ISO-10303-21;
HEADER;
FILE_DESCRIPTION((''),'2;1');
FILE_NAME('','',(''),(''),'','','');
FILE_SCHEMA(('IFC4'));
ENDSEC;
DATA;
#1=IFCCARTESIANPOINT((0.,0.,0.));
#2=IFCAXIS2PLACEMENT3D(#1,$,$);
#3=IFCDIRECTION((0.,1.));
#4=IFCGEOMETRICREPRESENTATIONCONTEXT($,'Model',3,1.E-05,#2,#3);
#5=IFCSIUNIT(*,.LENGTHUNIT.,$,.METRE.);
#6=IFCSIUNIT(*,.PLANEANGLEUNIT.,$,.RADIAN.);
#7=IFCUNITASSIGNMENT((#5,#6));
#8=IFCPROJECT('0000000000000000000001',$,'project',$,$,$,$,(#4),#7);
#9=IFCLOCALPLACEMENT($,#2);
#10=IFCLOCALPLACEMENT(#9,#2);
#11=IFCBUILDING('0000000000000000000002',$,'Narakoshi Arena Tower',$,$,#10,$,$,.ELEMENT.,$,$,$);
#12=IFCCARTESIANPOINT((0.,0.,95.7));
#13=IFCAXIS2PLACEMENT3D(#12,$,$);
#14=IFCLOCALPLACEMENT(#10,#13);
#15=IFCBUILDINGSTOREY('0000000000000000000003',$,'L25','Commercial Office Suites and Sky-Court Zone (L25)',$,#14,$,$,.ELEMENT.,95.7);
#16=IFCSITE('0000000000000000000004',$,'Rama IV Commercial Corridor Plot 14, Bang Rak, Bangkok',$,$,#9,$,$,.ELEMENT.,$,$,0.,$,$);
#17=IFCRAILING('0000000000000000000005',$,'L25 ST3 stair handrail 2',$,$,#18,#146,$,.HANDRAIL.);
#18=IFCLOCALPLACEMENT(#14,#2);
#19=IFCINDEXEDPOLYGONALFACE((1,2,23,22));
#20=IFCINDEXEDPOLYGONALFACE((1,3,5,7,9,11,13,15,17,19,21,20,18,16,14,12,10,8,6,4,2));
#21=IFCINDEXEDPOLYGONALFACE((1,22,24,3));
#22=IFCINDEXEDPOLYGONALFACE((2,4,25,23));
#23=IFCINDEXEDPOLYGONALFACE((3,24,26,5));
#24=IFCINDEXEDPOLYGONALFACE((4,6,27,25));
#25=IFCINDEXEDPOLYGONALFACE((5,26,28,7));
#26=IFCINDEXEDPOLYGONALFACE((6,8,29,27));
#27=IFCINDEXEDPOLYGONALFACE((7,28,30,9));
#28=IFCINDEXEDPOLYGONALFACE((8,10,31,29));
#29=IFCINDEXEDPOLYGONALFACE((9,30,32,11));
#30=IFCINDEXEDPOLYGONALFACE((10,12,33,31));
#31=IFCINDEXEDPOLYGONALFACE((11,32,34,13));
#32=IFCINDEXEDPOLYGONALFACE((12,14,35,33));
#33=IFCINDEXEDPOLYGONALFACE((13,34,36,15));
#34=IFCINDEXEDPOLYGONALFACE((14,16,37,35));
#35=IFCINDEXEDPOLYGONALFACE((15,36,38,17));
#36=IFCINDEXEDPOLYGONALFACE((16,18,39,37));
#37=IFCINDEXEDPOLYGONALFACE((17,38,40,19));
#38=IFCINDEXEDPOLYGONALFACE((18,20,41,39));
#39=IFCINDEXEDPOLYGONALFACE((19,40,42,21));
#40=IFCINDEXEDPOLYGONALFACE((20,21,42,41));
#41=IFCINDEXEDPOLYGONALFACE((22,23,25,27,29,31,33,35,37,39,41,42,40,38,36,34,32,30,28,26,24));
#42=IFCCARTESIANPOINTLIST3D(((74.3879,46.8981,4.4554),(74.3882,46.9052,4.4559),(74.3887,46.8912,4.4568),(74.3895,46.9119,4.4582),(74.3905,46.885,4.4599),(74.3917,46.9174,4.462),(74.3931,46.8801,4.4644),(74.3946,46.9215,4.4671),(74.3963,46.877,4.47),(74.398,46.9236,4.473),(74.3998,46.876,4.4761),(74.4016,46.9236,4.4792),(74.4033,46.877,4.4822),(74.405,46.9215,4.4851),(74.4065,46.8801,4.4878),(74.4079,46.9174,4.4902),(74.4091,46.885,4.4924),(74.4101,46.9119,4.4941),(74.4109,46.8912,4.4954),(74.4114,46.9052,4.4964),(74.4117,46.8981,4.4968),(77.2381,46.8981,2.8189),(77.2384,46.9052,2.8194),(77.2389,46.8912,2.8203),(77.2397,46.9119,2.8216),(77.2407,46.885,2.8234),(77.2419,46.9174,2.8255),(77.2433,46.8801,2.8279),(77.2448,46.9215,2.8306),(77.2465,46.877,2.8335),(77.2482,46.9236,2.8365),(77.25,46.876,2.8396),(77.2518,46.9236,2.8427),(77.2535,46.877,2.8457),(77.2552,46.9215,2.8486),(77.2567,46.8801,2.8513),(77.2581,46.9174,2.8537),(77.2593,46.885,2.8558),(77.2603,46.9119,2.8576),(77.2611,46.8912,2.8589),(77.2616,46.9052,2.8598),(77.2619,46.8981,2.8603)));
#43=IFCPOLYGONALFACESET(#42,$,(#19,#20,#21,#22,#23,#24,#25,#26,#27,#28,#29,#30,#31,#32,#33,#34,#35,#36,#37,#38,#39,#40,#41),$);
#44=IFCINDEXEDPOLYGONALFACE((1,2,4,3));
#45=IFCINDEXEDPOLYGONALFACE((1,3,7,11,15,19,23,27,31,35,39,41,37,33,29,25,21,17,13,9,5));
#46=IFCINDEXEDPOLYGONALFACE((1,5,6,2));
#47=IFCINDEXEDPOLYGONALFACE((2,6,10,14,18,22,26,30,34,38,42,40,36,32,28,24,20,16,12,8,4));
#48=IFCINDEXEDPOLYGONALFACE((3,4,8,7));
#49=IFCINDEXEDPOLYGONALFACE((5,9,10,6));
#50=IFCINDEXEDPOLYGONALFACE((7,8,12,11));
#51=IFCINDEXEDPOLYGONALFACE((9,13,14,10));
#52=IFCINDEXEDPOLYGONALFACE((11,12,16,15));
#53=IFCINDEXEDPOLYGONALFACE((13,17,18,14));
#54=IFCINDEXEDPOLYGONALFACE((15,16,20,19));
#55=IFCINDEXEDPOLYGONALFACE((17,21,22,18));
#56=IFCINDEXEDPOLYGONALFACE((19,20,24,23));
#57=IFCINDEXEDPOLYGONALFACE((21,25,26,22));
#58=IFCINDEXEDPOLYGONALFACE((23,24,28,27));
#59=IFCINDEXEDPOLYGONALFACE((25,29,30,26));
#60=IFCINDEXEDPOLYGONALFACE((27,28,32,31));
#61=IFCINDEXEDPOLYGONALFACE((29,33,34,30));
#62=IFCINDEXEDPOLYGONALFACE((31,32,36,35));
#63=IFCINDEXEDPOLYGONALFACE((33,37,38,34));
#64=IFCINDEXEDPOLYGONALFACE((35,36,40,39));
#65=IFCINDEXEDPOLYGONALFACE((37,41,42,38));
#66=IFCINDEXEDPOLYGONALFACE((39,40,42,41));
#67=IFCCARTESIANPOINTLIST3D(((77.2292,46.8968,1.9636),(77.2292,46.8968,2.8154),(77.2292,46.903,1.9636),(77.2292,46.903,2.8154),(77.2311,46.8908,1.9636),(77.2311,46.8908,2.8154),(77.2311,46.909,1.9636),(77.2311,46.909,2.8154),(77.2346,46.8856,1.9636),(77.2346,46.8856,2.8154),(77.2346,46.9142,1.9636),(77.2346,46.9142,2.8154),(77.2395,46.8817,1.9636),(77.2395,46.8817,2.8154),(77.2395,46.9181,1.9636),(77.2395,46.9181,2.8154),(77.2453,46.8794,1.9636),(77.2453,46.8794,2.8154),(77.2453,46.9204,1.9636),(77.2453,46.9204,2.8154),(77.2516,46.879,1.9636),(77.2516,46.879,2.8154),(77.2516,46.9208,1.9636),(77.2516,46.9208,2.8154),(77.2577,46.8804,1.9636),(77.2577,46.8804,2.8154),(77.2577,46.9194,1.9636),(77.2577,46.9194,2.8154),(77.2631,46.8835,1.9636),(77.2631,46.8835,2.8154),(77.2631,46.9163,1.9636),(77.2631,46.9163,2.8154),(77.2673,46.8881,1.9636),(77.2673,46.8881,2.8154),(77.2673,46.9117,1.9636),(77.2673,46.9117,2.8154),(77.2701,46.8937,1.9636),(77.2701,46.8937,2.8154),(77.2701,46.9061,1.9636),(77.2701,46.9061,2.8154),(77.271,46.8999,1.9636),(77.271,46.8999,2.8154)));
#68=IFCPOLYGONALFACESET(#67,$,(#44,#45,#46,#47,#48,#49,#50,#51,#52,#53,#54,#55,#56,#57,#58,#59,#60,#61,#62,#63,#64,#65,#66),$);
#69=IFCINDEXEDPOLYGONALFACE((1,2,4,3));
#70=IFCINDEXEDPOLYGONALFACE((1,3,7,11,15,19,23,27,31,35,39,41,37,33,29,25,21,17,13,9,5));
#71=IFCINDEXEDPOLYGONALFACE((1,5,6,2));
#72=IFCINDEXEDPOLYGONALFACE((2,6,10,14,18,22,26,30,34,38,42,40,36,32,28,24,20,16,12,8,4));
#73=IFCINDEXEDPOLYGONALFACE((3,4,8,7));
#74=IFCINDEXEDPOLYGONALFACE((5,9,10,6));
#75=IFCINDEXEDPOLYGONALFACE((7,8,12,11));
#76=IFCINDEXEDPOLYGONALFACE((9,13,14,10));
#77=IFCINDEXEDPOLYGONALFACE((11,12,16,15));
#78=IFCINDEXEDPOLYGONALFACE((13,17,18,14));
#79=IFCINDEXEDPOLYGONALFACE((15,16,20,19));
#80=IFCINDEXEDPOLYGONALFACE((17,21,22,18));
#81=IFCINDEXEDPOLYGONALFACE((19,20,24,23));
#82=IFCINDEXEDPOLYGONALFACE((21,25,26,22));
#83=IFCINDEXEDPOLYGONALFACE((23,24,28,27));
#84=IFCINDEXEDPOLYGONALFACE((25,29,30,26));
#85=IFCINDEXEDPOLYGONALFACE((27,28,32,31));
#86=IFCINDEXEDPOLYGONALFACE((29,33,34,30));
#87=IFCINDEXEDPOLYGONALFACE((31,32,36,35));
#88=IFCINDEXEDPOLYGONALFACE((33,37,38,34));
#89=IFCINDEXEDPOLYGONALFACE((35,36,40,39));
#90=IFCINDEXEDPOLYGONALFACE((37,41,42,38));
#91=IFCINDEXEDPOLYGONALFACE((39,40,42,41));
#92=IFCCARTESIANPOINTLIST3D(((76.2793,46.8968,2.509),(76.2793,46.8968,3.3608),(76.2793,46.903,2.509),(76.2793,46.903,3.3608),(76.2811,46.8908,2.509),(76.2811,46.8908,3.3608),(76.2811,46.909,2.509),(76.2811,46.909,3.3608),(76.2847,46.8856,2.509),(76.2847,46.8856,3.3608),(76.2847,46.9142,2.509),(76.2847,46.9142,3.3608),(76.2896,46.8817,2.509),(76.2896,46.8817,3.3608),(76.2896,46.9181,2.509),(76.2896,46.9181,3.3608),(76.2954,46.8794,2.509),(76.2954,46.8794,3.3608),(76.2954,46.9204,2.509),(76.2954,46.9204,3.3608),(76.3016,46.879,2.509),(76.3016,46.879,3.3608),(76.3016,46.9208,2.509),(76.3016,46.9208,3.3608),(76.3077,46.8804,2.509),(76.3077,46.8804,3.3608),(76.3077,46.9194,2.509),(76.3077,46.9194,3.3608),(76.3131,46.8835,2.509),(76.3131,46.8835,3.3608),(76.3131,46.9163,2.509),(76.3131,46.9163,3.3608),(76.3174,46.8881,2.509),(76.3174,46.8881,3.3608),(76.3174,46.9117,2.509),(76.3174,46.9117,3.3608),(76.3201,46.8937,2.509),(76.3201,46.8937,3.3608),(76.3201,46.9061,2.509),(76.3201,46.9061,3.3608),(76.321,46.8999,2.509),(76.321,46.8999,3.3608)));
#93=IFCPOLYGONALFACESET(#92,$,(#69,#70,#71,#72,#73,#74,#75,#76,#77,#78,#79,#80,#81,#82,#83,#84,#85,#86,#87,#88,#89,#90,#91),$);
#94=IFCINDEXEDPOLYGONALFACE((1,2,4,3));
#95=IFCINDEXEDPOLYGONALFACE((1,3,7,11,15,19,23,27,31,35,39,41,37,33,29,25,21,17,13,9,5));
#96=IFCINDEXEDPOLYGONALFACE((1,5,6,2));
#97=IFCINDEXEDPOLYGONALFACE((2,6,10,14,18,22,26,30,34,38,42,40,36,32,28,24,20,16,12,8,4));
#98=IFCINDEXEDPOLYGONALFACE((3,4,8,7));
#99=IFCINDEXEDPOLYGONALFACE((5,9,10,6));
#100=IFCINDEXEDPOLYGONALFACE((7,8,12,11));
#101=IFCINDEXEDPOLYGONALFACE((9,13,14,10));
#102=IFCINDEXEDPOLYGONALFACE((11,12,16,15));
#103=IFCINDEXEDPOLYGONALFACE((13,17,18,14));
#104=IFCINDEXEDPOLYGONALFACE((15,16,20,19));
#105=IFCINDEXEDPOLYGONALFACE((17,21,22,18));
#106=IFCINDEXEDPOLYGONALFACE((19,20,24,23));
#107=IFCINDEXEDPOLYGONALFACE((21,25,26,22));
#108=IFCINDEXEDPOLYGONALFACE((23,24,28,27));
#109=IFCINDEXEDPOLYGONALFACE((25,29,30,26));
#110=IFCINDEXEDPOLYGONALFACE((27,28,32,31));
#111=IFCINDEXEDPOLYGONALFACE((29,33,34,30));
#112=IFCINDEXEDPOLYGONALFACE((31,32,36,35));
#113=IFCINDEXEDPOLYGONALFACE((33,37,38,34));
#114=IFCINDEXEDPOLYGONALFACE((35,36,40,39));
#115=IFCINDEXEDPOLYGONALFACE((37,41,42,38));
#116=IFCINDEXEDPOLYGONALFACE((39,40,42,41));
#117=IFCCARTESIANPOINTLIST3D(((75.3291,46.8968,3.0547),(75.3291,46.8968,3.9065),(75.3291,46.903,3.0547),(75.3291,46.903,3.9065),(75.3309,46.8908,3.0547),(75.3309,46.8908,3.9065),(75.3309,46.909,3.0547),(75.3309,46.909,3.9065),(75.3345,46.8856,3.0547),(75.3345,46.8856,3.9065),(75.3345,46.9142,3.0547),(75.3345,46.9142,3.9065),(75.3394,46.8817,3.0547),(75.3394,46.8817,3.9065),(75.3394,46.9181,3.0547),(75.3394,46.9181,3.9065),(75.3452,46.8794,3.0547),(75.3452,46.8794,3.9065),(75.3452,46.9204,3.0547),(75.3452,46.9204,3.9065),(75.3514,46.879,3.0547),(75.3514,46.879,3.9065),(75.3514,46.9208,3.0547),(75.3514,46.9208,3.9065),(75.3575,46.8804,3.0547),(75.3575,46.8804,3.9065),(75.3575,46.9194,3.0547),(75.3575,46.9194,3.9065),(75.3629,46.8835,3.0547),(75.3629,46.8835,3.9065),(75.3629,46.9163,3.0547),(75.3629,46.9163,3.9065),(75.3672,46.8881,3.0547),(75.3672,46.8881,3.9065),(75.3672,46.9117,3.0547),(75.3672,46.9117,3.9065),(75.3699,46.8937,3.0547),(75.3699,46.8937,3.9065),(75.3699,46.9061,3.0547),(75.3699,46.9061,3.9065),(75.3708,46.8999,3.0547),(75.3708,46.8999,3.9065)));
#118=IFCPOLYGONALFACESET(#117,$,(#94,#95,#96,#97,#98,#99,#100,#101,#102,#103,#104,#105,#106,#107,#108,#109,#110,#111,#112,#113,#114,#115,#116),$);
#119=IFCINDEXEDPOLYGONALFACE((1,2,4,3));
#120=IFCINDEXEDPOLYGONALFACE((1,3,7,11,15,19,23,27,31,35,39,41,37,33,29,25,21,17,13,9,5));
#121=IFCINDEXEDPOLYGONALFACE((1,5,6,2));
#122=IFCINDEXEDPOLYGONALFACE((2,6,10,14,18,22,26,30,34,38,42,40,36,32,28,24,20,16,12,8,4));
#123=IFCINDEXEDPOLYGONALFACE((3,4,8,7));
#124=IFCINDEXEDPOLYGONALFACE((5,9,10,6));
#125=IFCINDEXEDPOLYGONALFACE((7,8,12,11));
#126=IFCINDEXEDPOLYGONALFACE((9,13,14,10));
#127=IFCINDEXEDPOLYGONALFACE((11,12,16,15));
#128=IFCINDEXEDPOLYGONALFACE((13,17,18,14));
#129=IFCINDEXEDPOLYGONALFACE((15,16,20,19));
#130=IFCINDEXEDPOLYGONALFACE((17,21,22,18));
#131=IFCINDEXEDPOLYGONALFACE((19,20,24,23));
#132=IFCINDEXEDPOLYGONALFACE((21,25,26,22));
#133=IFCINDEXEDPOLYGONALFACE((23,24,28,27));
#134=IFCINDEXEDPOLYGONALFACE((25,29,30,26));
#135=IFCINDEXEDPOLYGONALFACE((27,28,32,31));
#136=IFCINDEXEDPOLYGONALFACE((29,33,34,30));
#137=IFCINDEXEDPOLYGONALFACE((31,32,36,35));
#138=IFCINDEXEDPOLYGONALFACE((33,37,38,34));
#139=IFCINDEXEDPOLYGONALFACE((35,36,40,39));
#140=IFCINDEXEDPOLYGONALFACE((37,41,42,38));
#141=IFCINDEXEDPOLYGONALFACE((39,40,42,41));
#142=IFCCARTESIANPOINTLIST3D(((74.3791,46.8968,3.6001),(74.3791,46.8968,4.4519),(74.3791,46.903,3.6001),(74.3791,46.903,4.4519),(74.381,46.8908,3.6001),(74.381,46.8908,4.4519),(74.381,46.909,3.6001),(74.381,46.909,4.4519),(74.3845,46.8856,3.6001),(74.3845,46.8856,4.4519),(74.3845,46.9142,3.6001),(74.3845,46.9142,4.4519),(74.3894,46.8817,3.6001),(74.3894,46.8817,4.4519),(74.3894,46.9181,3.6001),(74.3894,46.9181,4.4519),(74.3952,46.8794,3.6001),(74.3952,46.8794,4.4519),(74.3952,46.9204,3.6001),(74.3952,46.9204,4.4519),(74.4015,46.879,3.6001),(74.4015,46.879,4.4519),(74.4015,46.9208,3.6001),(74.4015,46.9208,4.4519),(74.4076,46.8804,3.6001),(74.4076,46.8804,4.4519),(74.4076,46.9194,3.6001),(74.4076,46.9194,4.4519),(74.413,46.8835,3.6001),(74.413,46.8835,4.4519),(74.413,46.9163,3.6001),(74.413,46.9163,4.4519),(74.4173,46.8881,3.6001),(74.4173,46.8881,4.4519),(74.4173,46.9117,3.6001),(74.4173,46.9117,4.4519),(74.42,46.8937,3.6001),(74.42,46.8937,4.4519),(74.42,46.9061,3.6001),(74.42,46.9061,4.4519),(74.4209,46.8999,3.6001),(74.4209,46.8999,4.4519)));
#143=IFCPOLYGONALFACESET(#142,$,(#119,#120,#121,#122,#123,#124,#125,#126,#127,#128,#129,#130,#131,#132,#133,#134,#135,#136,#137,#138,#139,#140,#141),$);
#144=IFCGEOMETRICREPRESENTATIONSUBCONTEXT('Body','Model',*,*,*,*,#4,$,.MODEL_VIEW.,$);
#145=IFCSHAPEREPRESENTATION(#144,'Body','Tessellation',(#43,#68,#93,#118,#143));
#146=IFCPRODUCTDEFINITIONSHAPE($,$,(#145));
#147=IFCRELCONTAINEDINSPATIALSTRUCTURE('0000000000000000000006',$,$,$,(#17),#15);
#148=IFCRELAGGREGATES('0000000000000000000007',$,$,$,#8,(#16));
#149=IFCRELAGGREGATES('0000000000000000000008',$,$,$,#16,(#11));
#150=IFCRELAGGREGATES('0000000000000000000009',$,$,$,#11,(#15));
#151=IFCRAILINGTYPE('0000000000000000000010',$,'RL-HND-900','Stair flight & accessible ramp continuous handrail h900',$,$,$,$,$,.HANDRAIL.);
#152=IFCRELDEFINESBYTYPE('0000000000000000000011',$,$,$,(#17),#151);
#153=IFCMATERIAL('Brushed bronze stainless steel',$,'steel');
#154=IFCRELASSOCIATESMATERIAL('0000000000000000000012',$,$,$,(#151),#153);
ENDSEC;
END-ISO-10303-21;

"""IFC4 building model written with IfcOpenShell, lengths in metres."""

from ifc_helpers import new_model, si_unit, direction, frame, origin, origin_2d, place, context, subcontext, project, spatial, circle, extrude, material, type_object, element, save


model = new_model("IFC4")

# Units and contexts
model_context = context("Model", 3, precision=1e-05, world=origin(), true_north=direction((0.0, 1.0)))
body_context = subcontext(model_context, "Body", "Model", "MODEL_VIEW")
ifc_project = project(units=[si_unit("LENGTHUNIT", "METRE"), si_unit("PLANEANGLEUNIT", "RADIAN")], contexts=[model_context])

# Site, building, storey
site_placement = place(None, origin())
site = spatial("IfcSite", under=ifc_project, at=site_placement, Name="Rama IV Commercial Corridor Plot 14, Bang Rak, Bangkok", CompositionType="ELEMENT", RefElevation=0.0)
building_placement = place(site_placement, origin())
building = spatial("IfcBuilding", under=site, at=building_placement, Name="Narakoshi Arena Tower", CompositionType="ELEMENT")
storey_placement = place(building_placement, frame((0.0, 0.0, 95.7)))
storey = spatial("IfcBuildingStorey", under=building, at=storey_placement, Name="L25", Description="Commercial Office Suites and Sky-Court Zone (L25)", CompositionType="ELEMENT", Elevation=95.7)

# Railing
ifc_material_1 = material(Name="Brushed bronze stainless steel", Category="steel")
railing_type_1 = type_object("IfcRailingType", Name="RL-HND-900", Description="Stair flight & accessible ramp continuous handrail h900", PredefinedType="HANDRAIL", material=ifc_material_1)
railing_1_placement = place(storey_placement, frame((77.25, 46.8999, 1.9636)))
element("IfcRailing", 1, at=railing_1_placement, inside=storey, type_object=railing_type_1, Name="L25 ST3 stair handrail 2", PredefinedType="HANDRAIL", context=body_context, shape_type="SweptSolid", body=[
    extrude(circle(Radius=0.0239, at=origin_2d()), frame((0.0, 0.0, 0.876), z_axis=(-0.867213, 0.0, 0.497938), x_axis=(0.0, -1.0, 0.0)), (0.0, 0.0, 1.0), 3.2866),
    extrude(circle(Radius=0.021, at=origin_2d()), origin(), (0.0, 0.0, 1.0), 0.8518),
    extrude(circle(Radius=0.021, at=origin_2d()), frame((-0.95, 0.0, 0.5454)), (0.0, 0.0, 1.0), 0.8518),
    extrude(circle(Radius=0.021, at=origin_2d()), frame((-1.9001, 0.0, 1.0911)), (0.0, 0.0, 1.0), 0.8518),
    extrude(circle(Radius=0.021, at=origin_2d()), frame((-2.8501, 0.0, 1.6365)), (0.0, 0.0, 1.0), 0.8518),
])

save(model, "model.ifc")
